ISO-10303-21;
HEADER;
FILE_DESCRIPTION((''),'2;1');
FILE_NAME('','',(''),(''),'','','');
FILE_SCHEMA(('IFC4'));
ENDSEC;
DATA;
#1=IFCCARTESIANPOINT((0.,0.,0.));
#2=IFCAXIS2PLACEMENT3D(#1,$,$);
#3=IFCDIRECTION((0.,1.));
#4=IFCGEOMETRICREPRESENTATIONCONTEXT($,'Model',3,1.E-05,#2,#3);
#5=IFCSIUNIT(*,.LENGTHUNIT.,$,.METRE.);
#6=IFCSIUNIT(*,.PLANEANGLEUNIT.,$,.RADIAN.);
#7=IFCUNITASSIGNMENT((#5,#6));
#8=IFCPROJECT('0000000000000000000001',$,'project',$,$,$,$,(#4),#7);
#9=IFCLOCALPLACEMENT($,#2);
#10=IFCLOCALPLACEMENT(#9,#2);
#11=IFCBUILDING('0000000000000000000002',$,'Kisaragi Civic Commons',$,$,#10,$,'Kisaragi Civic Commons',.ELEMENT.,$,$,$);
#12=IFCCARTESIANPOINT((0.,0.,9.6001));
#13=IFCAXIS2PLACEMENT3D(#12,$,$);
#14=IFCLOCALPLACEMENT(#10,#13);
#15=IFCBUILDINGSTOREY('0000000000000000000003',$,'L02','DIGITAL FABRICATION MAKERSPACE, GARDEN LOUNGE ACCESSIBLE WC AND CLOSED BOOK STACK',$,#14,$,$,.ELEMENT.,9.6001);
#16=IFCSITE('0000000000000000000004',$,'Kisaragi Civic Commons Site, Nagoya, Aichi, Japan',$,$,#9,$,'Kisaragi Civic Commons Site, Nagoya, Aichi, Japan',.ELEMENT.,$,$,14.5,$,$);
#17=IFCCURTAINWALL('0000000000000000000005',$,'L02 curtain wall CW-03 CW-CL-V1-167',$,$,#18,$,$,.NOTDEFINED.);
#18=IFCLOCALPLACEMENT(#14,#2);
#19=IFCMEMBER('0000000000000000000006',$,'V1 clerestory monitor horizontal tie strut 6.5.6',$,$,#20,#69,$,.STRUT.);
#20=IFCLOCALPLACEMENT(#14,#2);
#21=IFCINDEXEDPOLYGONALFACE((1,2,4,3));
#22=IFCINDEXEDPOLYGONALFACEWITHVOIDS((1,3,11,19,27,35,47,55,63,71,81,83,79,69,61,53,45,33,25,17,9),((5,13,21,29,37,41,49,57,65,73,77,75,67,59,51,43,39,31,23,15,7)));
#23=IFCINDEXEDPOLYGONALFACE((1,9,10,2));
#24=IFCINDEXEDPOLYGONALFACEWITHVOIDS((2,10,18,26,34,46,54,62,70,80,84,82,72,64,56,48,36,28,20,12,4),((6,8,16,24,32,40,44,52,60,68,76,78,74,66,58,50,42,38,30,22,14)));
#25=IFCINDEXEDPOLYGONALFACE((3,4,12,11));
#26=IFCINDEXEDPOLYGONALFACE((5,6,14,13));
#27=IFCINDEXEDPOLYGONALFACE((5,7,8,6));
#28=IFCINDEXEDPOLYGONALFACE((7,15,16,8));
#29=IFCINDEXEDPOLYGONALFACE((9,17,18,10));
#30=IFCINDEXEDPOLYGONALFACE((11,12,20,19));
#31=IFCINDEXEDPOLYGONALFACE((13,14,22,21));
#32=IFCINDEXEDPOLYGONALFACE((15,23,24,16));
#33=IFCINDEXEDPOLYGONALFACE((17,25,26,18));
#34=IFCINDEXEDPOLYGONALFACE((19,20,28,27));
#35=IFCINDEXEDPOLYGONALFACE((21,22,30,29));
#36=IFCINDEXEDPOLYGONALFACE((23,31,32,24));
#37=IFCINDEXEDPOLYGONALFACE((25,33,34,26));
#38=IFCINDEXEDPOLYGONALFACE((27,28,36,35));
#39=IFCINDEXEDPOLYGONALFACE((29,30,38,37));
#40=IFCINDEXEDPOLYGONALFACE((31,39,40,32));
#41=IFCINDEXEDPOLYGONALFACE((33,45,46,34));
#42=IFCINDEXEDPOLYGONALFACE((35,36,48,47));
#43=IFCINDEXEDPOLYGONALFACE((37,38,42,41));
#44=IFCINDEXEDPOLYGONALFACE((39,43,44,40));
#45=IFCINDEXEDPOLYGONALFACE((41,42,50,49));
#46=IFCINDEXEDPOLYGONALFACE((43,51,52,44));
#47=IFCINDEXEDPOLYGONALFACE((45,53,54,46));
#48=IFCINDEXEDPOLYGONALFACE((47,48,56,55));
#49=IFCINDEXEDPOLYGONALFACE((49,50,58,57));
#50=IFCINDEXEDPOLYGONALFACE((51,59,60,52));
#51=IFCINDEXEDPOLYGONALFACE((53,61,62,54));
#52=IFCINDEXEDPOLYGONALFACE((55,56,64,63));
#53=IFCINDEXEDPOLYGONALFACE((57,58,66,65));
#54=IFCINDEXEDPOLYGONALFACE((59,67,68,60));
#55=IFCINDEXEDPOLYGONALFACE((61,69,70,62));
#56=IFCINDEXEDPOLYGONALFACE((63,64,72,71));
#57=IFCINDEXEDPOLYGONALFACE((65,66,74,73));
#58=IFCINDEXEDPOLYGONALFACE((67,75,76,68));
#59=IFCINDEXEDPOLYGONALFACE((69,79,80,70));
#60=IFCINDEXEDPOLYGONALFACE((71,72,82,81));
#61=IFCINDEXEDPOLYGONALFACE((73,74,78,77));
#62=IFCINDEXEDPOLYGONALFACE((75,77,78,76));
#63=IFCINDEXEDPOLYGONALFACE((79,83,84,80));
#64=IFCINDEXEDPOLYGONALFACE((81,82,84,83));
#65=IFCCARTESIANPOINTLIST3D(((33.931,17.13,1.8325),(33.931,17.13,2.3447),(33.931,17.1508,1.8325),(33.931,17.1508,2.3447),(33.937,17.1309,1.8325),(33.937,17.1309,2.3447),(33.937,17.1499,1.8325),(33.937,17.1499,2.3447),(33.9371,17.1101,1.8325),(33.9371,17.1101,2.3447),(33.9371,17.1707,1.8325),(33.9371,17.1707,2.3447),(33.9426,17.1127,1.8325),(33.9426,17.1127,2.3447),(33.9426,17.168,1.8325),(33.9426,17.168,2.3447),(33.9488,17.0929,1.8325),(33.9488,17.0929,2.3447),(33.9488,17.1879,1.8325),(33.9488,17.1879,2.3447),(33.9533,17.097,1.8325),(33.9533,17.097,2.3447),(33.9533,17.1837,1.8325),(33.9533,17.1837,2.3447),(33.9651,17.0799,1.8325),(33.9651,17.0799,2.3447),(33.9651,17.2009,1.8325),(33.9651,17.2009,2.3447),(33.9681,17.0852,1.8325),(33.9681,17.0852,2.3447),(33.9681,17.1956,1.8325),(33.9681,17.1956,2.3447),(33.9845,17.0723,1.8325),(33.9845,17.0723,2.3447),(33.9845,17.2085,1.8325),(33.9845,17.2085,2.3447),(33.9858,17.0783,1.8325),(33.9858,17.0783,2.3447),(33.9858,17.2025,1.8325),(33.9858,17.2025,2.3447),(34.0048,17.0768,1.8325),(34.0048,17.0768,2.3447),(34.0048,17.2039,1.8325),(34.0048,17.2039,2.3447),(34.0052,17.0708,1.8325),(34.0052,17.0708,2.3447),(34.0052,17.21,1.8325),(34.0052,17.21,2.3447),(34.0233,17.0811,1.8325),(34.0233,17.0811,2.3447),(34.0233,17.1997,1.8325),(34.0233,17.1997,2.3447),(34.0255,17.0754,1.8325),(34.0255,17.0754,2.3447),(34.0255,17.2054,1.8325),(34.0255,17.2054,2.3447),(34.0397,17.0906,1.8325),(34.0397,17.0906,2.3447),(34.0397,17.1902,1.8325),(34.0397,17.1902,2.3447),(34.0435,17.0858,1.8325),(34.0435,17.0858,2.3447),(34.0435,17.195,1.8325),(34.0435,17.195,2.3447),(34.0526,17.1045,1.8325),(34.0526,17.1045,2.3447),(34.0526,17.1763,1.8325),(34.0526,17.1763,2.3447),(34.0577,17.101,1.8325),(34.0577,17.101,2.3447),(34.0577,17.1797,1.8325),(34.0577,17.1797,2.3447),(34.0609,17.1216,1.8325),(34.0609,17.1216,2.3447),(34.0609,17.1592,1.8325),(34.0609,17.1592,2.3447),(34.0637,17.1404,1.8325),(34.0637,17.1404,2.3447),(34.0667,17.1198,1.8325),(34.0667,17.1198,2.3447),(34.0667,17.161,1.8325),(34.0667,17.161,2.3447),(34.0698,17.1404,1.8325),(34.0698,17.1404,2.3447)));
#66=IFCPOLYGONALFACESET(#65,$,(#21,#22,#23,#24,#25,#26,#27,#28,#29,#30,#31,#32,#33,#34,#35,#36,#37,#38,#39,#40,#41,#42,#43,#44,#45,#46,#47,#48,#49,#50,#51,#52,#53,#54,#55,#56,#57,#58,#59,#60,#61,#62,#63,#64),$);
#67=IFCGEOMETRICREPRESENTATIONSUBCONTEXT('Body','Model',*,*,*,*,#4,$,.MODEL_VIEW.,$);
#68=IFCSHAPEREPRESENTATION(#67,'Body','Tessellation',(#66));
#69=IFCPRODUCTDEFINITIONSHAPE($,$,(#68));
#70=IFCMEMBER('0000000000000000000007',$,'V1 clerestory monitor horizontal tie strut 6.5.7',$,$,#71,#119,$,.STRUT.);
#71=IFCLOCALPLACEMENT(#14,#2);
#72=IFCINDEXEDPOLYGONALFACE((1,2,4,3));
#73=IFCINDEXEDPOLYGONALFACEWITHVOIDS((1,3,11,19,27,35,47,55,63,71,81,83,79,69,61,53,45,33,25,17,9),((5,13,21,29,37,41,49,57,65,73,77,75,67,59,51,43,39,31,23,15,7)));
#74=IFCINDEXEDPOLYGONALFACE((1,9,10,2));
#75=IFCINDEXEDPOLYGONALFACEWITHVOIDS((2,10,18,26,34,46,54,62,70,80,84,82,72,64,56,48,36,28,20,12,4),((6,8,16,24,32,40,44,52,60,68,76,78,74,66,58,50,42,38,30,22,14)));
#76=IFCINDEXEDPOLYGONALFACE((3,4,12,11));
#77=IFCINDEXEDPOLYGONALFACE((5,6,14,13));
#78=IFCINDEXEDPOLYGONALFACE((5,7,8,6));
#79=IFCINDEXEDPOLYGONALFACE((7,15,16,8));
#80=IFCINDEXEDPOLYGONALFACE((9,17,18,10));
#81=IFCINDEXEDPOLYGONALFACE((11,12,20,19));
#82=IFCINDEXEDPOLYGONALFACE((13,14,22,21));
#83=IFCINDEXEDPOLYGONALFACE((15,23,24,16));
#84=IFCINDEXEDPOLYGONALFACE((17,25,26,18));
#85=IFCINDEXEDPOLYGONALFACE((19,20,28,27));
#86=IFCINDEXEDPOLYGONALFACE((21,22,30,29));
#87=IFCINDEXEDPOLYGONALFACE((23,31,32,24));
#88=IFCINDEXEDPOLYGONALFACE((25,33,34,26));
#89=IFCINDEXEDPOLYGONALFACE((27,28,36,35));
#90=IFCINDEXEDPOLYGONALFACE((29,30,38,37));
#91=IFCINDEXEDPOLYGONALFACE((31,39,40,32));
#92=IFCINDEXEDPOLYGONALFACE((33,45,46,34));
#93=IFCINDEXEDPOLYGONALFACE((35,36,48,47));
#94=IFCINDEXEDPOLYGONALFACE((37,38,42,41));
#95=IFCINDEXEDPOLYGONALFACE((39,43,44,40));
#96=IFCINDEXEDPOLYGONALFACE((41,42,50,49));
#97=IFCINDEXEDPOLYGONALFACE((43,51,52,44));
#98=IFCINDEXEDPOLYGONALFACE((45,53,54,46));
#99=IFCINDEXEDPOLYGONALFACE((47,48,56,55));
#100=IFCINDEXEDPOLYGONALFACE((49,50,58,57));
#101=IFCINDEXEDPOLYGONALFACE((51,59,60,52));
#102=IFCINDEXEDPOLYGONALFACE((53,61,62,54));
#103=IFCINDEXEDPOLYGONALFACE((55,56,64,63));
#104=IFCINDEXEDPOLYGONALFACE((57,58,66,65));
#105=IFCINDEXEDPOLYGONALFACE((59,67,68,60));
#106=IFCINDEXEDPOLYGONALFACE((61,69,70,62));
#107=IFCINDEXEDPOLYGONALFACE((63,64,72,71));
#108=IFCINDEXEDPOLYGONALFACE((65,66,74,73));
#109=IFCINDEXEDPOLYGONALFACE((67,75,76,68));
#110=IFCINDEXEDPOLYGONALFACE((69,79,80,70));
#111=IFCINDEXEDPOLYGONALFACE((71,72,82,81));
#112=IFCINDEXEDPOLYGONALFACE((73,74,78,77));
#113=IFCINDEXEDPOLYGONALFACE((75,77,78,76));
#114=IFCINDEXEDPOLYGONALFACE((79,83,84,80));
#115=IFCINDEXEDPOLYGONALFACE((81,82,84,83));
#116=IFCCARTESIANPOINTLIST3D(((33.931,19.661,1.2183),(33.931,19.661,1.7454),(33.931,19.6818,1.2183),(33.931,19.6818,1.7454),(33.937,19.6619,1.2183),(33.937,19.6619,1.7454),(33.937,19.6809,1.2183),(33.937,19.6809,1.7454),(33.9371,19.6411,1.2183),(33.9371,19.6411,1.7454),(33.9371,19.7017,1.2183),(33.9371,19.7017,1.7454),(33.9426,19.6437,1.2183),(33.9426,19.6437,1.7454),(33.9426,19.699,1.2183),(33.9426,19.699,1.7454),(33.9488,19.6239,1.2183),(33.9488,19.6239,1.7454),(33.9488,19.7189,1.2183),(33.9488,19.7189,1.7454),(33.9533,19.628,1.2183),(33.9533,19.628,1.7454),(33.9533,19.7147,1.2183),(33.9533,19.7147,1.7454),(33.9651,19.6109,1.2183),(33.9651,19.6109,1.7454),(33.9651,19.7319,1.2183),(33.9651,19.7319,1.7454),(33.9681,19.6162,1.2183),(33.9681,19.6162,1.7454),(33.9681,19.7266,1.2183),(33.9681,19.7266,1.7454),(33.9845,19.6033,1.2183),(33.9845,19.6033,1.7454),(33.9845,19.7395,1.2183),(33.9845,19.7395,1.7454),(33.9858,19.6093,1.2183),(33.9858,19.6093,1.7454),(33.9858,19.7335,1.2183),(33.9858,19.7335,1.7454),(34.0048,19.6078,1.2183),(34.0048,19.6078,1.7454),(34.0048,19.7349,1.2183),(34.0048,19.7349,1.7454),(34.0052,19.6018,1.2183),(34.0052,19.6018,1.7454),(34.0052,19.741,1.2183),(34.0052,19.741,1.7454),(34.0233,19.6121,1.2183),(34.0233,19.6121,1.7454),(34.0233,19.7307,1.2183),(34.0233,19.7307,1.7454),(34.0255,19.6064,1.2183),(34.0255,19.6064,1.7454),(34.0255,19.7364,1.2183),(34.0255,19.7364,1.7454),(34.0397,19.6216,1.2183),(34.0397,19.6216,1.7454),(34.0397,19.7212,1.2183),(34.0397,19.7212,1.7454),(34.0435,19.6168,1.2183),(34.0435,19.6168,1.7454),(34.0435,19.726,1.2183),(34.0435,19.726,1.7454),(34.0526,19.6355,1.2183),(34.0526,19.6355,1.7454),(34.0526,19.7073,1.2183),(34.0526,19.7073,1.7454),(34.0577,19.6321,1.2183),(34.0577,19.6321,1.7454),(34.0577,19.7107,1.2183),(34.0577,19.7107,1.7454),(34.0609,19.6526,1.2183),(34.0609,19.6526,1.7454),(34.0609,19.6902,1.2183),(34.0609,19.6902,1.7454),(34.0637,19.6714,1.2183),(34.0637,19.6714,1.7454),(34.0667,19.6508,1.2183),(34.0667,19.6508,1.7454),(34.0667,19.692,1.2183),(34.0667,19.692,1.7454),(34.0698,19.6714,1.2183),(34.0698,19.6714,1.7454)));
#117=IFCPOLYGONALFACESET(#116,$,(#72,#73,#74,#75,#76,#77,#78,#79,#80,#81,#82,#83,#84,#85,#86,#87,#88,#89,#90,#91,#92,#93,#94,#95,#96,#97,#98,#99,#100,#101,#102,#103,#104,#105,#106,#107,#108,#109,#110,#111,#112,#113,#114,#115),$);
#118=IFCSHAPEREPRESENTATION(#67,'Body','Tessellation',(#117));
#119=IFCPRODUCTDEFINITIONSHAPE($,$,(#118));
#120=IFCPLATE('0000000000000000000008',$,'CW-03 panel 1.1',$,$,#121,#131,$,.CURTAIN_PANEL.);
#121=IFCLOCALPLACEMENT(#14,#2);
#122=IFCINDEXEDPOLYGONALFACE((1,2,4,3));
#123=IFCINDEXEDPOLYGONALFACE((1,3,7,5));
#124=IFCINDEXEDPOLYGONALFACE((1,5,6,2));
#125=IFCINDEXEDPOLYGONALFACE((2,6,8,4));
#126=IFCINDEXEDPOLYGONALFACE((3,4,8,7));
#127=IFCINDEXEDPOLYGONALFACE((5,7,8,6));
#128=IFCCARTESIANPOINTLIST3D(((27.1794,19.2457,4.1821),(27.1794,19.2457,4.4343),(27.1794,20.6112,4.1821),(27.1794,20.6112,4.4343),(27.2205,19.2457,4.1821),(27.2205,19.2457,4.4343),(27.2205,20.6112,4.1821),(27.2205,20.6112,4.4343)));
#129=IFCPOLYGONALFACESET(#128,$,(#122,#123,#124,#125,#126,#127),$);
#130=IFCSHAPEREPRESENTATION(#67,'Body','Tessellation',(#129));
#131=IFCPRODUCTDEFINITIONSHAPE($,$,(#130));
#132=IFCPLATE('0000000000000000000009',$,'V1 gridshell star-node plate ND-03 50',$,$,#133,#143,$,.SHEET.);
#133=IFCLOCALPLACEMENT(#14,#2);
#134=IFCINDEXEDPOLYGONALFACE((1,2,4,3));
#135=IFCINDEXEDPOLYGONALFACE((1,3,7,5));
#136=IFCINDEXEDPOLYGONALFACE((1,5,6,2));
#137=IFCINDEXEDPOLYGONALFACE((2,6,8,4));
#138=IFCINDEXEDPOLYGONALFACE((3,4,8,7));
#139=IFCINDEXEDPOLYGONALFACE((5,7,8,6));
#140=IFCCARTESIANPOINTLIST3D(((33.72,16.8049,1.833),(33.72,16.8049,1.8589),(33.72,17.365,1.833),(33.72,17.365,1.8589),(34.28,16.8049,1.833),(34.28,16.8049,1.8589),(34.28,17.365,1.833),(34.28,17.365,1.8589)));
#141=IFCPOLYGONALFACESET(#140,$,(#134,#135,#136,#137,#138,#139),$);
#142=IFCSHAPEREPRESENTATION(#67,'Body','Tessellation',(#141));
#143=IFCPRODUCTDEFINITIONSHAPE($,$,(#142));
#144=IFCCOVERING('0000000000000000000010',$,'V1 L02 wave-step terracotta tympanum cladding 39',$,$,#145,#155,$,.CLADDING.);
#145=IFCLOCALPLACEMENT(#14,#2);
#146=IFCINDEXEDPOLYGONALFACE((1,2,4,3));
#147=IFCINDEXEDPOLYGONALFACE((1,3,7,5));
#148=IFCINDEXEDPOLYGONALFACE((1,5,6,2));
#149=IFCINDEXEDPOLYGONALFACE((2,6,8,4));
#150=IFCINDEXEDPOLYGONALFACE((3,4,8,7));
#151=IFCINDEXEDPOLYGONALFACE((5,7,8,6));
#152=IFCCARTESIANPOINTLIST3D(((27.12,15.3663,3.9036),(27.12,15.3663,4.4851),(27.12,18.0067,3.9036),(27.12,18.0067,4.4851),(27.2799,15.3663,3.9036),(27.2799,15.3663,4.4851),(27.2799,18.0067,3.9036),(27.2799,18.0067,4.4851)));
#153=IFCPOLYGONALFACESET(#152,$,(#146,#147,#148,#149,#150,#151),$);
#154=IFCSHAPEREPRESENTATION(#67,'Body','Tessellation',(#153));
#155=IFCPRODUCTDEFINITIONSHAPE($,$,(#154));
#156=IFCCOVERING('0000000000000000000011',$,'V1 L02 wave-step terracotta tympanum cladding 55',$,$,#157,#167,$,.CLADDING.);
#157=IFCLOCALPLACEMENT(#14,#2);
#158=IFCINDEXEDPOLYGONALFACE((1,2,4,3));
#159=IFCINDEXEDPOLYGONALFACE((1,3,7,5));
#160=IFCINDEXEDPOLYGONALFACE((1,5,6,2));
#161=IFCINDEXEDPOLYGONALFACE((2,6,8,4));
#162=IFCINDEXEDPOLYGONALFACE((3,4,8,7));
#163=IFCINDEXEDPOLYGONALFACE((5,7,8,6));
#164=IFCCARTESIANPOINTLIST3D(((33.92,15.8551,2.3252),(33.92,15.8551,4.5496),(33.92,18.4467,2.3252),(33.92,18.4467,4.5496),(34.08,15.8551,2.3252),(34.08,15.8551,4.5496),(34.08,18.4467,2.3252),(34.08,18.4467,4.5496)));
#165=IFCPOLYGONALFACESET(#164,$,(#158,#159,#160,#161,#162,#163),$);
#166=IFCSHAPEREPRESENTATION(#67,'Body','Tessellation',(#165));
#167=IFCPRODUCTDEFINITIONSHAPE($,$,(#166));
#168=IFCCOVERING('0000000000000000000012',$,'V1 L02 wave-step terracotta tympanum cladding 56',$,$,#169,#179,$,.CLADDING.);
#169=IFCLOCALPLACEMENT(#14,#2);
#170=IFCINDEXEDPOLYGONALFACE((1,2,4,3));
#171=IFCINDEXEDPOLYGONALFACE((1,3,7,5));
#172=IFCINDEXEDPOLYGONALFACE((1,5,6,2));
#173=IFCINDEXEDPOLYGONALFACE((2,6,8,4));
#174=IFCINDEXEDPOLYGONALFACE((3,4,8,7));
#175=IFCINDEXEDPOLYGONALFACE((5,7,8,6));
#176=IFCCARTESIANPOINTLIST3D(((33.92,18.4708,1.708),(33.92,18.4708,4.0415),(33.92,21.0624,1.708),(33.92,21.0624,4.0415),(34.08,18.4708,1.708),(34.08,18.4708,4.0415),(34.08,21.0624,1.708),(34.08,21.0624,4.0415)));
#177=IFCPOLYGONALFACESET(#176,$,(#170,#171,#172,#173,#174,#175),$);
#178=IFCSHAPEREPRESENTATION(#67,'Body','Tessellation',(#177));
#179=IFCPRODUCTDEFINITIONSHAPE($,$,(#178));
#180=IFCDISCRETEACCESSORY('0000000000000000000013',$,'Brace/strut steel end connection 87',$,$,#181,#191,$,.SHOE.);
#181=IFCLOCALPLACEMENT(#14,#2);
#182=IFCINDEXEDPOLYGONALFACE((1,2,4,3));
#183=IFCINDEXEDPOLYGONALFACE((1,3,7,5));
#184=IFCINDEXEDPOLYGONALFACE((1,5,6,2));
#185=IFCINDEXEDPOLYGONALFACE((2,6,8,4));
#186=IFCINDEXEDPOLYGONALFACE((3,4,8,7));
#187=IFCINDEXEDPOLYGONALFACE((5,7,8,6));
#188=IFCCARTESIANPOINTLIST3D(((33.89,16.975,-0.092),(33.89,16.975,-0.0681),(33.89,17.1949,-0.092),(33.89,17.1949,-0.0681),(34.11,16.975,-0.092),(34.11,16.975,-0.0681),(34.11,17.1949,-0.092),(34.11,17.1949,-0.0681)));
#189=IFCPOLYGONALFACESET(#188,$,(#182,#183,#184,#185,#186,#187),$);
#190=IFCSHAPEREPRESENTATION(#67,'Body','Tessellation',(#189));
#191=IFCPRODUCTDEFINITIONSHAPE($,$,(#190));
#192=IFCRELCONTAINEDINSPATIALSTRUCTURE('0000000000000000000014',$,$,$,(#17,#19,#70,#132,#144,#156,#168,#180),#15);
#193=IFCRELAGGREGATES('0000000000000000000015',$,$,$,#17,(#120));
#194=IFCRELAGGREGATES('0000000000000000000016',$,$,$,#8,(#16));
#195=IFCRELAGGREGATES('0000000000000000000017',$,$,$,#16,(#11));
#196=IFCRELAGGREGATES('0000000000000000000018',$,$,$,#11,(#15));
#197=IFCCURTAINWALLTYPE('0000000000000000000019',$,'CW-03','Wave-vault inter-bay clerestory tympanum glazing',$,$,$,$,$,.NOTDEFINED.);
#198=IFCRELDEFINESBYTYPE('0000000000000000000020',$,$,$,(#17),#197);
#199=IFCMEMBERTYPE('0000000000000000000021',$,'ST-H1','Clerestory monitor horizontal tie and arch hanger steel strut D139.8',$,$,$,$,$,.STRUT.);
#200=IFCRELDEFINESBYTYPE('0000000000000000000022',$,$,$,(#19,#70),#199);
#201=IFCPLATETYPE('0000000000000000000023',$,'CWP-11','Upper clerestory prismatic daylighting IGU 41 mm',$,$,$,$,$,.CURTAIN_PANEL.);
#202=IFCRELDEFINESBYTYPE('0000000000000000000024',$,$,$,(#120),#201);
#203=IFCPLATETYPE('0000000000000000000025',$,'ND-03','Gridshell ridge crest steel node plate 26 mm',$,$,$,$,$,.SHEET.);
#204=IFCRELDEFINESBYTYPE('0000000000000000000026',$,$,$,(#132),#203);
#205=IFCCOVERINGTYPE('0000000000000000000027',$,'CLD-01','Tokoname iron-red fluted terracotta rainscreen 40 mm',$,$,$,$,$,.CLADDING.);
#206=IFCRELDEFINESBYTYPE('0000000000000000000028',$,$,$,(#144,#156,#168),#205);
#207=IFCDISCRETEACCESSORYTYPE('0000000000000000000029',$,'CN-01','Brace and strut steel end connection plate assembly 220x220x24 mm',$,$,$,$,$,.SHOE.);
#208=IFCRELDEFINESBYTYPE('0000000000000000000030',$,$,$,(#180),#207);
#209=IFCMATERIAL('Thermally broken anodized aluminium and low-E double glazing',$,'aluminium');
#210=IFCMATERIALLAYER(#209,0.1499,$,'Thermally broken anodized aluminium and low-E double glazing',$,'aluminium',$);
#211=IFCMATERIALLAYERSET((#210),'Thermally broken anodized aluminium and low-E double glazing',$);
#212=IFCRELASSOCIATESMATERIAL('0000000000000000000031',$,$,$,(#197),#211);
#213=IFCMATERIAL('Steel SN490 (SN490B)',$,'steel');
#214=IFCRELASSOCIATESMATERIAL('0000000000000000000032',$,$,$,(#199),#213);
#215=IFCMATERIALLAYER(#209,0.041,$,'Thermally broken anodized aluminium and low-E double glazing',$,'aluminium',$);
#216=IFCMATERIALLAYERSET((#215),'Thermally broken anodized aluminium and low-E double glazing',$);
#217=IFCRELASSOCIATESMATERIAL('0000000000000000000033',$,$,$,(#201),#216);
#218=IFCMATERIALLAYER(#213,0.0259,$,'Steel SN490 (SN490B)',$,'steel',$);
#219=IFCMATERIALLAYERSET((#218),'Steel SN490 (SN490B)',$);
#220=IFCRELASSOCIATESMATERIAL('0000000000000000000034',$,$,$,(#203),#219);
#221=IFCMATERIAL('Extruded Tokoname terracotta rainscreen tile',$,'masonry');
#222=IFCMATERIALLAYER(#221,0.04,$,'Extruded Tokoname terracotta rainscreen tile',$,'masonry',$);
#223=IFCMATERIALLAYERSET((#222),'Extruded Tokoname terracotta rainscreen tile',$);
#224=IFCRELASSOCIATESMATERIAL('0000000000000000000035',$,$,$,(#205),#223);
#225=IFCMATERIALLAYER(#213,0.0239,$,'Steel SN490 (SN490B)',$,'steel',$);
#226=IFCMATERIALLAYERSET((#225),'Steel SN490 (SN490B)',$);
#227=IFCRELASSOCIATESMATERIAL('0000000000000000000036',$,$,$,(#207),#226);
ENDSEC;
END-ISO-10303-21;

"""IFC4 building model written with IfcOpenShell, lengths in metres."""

from ifc_helpers import new_model, si_unit, direction, frame, origin, origin_2d, place, context, subcontext, project, spatial, rectangle, hollow_circle, extrude, material, layer, layer_set, material_profile, profile_set, type_object, element, aggregate, save


model = new_model("IFC4")

# Units and contexts
model_context = context("Model", 3, precision=1e-05, world=origin(), true_north=direction((0.0, 1.0)))
body_context = subcontext(model_context, "Body", "Model", "MODEL_VIEW")
ifc_project = project(units=[si_unit("LENGTHUNIT", "METRE"), si_unit("PLANEANGLEUNIT", "RADIAN")], contexts=[model_context])

# Site, building, storey
site_placement = place(None, origin())
site = spatial("IfcSite", under=ifc_project, at=site_placement, Name="Kisaragi Civic Commons Site, Nagoya, Aichi, Japan", LongName="Kisaragi Civic Commons Site, Nagoya, Aichi, Japan", CompositionType="ELEMENT", RefElevation=14.5)
building_placement = place(site_placement, origin())
building = spatial("IfcBuilding", under=site, at=building_placement, Name="Kisaragi Civic Commons", LongName="Kisaragi Civic Commons", CompositionType="ELEMENT")
storey_placement = place(building_placement, frame((0.0, 0.0, 9.6001)))
storey = spatial("IfcBuildingStorey", under=building, at=storey_placement, Name="L02", Description="DIGITAL FABRICATION MAKERSPACE, GARDEN LOUNGE ACCESSIBLE WC AND CLOSED BOOK STACK", CompositionType="ELEMENT", Elevation=9.6001)

# Curtain wall
ifc_material_1 = material(Name="Thermally broken anodized aluminium and low-E double glazing", Category="aluminium")
ifc_layer_1 = layer(ifc_material_1, 0.1499, Name="Thermally broken anodized aluminium and low-E double glazing", Category="aluminium")
ifc_layer_set_1 = layer_set([ifc_layer_1], Name="Thermally broken anodized aluminium and low-E double glazing")
curtain_wall_type = type_object("IfcCurtainWallType", Name="CW-03", Description="Wave-vault inter-bay clerestory tympanum glazing", PredefinedType="NOTDEFINED", material=ifc_layer_set_1)
curtain_wall_1_placement = place(storey_placement, origin())
curtain_wall_1 = element("IfcCurtainWall", 1, at=curtain_wall_1_placement, inside=storey, type_object=curtain_wall_type, Name="L02 curtain wall CW-03 CW-CL-V1-167", PredefinedType="NOTDEFINED")

# Members
ifc_material_2 = material(Name="Steel SN490 (SN490B)", Category="steel")
ifc_material_profile_1 = material_profile(ifc_material_2, hollow_circle(Radius=0.0698, WallThickness=0.0061, at=origin_2d()), Name="CHS-139.8x6.0", Category="steel")
ifc_profile_set_1 = profile_set([ifc_material_profile_1], Name="Steel SN490 (SN490B)")
member_type_1 = type_object("IfcMemberType", Name="ST-H1", Description="Clerestory monitor horizontal tie and arch hanger steel strut D139.8", PredefinedType="STRUT", material=ifc_profile_set_1)
member_1_placement = place(storey_placement, frame((34.0, 17.1404, 1.8325), z_axis=(0.0, 0.0, 1.0), x_axis=(1.0, 0.0, 0.0)))
element("IfcMember", 2, at=member_1_placement, inside=storey, type_object=member_type_1, Name="V1 clerestory monitor horizontal tie strut 6.5.6", PredefinedType="STRUT", context=body_context, shape_type="SweptSolid", body=[
    extrude(hollow_circle(Radius=0.0698, WallThickness=0.0061, at=origin_2d()), origin(), (0.0, 0.0, 1.0), 0.5122),
])
member_2_placement = place(storey_placement, frame((34.0, 19.6714, 1.2183), z_axis=(0.0, 0.0, 1.0), x_axis=(1.0, 0.0, 0.0)))
element("IfcMember", 3, at=member_2_placement, inside=storey, type_object=member_type_1, Name="V1 clerestory monitor horizontal tie strut 6.5.7", PredefinedType="STRUT", context=body_context, shape_type="SweptSolid", body=[
    extrude(hollow_circle(Radius=0.0698, WallThickness=0.0061, at=origin_2d()), origin(), (0.0, 0.0, 1.0), 0.5271),
])

# Plates
ifc_layer_2 = layer(ifc_material_1, 0.041, Name="Thermally broken anodized aluminium and low-E double glazing", Category="aluminium")
ifc_layer_set_2 = layer_set([ifc_layer_2], Name="Thermally broken anodized aluminium and low-E double glazing")
plate_type_1 = type_object("IfcPlateType", Name="CWP-11", Description="Upper clerestory prismatic daylighting IGU 41 mm", PredefinedType="CURTAIN_PANEL", material=ifc_layer_set_2)
plate_1_placement = place(storey_placement, frame((27.2, 19.9285, 4.1821), z_axis=(0.0, 0.0, 1.0), x_axis=(0.0, 1.0, 0.0)))
plate_1 = element("IfcPlate", 4, at=plate_1_placement, type_object=plate_type_1, Name="CW-03 panel 1.1", PredefinedType="CURTAIN_PANEL", context=body_context, shape_type="SweptSolid", body=[
    extrude(rectangle(XDim=1.3655, YDim=0.041, at=origin_2d()), origin(), (0.0, 0.0, 1.0), 0.2522),
])
aggregate(curtain_wall_1, [plate_1])
ifc_layer_3 = layer(ifc_material_2, 0.0259, Name="Steel SN490 (SN490B)", Category="steel")
ifc_layer_set_3 = layer_set([ifc_layer_3], Name="Steel SN490 (SN490B)")
plate_type_2 = type_object("IfcPlateType", Name="ND-03", Description="Gridshell ridge crest steel node plate 26 mm", PredefinedType="SHEET", material=ifc_layer_set_3)
plate_2_placement = place(storey_placement, frame((34.0, 17.085, 1.833), z_axis=(0.0, 0.0, 1.0), x_axis=(1.0, 0.0, 0.0)))
element("IfcPlate", 5, at=plate_2_placement, inside=storey, type_object=plate_type_2, Name="V1 gridshell star-node plate ND-03 50", PredefinedType="SHEET", context=body_context, shape_type="SweptSolid", body=[
    extrude(rectangle(XDim=0.5601, YDim=0.5601, at=origin_2d()), origin(), (0.0, 0.0, 1.0), 0.0259),
])

# Coverings
ifc_material_3 = material(Name="Extruded Tokoname terracotta rainscreen tile", Category="masonry")
ifc_layer_4 = layer(ifc_material_3, 0.04, Name="Extruded Tokoname terracotta rainscreen tile", Category="masonry")
ifc_layer_set_4 = layer_set([ifc_layer_4], Name="Extruded Tokoname terracotta rainscreen tile")
covering_type = type_object("IfcCoveringType", Name="CLD-01", Description="Tokoname iron-red fluted terracotta rainscreen 40 mm", PredefinedType="CLADDING", material=ifc_layer_set_4)
covering_1_placement = place(storey_placement, frame((27.2, 16.6865, 3.9036), z_axis=(0.0, 0.0, 1.0), x_axis=(0.0, 1.0, 0.0)))
element("IfcCovering", 6, at=covering_1_placement, inside=storey, type_object=covering_type, Name="V1 L02 wave-step terracotta tympanum cladding 39", PredefinedType="CLADDING", context=body_context, shape_type="SweptSolid", body=[
    extrude(rectangle(XDim=2.6404, YDim=0.1599, at=origin_2d()), origin(), (0.0, 0.0, 1.0), 0.5815),
])
covering_2_placement = place(storey_placement, frame((34.0, 17.1509, 2.3252), z_axis=(0.0, 0.0, 1.0), x_axis=(0.0, 1.0, 0.0)))
element("IfcCovering", 7, at=covering_2_placement, inside=storey, type_object=covering_type, Name="V1 L02 wave-step terracotta tympanum cladding 55", PredefinedType="CLADDING", context=body_context, shape_type="SweptSolid", body=[
    extrude(rectangle(XDim=2.5916, YDim=0.1599, at=origin_2d()), origin(), (0.0, 0.0, 1.0), 2.2244),
])
covering_3_placement = place(storey_placement, frame((34.0, 19.7666, 1.708), z_axis=(0.0, 0.0, 1.0), x_axis=(0.0, 1.0, 0.0)))
element("IfcCovering", 8, at=covering_3_placement, inside=storey, type_object=covering_type, Name="V1 L02 wave-step terracotta tympanum cladding 56", PredefinedType="CLADDING", context=body_context, shape_type="SweptSolid", body=[
    extrude(rectangle(XDim=2.5916, YDim=0.1599, at=origin_2d()), origin(), (0.0, 0.0, 1.0), 2.3335),
])

# Discrete accessory
ifc_layer_5 = layer(ifc_material_2, 0.0239, Name="Steel SN490 (SN490B)", Category="steel")
ifc_layer_set_5 = layer_set([ifc_layer_5], Name="Steel SN490 (SN490B)")
discrete_accessory_type = type_object("IfcDiscreteAccessoryType", Name="CN-01", Description="Brace and strut steel end connection plate assembly 220x220x24 mm", PredefinedType="SHOE", material=ifc_layer_set_5)
for number, where, z_axis, x_axis, name in (
    (9, (34.0, 17.085, -0.092), (0.0, 0.0, 1.0), (1.0, 0.0, 0.0), "Brace/strut steel end connection 87"),
):
    element("IfcDiscreteAccessory", number, at=place(storey_placement, frame(where, z_axis=z_axis, x_axis=x_axis)), inside=storey, type_object=discrete_accessory_type, Name=name, PredefinedType="SHOE", context=body_context, shape_type="SweptSolid", body=[
        extrude(rectangle(XDim=0.22, YDim=0.22, at=origin_2d()), origin(), (0.0, 0.0, 1.0), 0.0239),
    ])

save(model, "model.ifc")
